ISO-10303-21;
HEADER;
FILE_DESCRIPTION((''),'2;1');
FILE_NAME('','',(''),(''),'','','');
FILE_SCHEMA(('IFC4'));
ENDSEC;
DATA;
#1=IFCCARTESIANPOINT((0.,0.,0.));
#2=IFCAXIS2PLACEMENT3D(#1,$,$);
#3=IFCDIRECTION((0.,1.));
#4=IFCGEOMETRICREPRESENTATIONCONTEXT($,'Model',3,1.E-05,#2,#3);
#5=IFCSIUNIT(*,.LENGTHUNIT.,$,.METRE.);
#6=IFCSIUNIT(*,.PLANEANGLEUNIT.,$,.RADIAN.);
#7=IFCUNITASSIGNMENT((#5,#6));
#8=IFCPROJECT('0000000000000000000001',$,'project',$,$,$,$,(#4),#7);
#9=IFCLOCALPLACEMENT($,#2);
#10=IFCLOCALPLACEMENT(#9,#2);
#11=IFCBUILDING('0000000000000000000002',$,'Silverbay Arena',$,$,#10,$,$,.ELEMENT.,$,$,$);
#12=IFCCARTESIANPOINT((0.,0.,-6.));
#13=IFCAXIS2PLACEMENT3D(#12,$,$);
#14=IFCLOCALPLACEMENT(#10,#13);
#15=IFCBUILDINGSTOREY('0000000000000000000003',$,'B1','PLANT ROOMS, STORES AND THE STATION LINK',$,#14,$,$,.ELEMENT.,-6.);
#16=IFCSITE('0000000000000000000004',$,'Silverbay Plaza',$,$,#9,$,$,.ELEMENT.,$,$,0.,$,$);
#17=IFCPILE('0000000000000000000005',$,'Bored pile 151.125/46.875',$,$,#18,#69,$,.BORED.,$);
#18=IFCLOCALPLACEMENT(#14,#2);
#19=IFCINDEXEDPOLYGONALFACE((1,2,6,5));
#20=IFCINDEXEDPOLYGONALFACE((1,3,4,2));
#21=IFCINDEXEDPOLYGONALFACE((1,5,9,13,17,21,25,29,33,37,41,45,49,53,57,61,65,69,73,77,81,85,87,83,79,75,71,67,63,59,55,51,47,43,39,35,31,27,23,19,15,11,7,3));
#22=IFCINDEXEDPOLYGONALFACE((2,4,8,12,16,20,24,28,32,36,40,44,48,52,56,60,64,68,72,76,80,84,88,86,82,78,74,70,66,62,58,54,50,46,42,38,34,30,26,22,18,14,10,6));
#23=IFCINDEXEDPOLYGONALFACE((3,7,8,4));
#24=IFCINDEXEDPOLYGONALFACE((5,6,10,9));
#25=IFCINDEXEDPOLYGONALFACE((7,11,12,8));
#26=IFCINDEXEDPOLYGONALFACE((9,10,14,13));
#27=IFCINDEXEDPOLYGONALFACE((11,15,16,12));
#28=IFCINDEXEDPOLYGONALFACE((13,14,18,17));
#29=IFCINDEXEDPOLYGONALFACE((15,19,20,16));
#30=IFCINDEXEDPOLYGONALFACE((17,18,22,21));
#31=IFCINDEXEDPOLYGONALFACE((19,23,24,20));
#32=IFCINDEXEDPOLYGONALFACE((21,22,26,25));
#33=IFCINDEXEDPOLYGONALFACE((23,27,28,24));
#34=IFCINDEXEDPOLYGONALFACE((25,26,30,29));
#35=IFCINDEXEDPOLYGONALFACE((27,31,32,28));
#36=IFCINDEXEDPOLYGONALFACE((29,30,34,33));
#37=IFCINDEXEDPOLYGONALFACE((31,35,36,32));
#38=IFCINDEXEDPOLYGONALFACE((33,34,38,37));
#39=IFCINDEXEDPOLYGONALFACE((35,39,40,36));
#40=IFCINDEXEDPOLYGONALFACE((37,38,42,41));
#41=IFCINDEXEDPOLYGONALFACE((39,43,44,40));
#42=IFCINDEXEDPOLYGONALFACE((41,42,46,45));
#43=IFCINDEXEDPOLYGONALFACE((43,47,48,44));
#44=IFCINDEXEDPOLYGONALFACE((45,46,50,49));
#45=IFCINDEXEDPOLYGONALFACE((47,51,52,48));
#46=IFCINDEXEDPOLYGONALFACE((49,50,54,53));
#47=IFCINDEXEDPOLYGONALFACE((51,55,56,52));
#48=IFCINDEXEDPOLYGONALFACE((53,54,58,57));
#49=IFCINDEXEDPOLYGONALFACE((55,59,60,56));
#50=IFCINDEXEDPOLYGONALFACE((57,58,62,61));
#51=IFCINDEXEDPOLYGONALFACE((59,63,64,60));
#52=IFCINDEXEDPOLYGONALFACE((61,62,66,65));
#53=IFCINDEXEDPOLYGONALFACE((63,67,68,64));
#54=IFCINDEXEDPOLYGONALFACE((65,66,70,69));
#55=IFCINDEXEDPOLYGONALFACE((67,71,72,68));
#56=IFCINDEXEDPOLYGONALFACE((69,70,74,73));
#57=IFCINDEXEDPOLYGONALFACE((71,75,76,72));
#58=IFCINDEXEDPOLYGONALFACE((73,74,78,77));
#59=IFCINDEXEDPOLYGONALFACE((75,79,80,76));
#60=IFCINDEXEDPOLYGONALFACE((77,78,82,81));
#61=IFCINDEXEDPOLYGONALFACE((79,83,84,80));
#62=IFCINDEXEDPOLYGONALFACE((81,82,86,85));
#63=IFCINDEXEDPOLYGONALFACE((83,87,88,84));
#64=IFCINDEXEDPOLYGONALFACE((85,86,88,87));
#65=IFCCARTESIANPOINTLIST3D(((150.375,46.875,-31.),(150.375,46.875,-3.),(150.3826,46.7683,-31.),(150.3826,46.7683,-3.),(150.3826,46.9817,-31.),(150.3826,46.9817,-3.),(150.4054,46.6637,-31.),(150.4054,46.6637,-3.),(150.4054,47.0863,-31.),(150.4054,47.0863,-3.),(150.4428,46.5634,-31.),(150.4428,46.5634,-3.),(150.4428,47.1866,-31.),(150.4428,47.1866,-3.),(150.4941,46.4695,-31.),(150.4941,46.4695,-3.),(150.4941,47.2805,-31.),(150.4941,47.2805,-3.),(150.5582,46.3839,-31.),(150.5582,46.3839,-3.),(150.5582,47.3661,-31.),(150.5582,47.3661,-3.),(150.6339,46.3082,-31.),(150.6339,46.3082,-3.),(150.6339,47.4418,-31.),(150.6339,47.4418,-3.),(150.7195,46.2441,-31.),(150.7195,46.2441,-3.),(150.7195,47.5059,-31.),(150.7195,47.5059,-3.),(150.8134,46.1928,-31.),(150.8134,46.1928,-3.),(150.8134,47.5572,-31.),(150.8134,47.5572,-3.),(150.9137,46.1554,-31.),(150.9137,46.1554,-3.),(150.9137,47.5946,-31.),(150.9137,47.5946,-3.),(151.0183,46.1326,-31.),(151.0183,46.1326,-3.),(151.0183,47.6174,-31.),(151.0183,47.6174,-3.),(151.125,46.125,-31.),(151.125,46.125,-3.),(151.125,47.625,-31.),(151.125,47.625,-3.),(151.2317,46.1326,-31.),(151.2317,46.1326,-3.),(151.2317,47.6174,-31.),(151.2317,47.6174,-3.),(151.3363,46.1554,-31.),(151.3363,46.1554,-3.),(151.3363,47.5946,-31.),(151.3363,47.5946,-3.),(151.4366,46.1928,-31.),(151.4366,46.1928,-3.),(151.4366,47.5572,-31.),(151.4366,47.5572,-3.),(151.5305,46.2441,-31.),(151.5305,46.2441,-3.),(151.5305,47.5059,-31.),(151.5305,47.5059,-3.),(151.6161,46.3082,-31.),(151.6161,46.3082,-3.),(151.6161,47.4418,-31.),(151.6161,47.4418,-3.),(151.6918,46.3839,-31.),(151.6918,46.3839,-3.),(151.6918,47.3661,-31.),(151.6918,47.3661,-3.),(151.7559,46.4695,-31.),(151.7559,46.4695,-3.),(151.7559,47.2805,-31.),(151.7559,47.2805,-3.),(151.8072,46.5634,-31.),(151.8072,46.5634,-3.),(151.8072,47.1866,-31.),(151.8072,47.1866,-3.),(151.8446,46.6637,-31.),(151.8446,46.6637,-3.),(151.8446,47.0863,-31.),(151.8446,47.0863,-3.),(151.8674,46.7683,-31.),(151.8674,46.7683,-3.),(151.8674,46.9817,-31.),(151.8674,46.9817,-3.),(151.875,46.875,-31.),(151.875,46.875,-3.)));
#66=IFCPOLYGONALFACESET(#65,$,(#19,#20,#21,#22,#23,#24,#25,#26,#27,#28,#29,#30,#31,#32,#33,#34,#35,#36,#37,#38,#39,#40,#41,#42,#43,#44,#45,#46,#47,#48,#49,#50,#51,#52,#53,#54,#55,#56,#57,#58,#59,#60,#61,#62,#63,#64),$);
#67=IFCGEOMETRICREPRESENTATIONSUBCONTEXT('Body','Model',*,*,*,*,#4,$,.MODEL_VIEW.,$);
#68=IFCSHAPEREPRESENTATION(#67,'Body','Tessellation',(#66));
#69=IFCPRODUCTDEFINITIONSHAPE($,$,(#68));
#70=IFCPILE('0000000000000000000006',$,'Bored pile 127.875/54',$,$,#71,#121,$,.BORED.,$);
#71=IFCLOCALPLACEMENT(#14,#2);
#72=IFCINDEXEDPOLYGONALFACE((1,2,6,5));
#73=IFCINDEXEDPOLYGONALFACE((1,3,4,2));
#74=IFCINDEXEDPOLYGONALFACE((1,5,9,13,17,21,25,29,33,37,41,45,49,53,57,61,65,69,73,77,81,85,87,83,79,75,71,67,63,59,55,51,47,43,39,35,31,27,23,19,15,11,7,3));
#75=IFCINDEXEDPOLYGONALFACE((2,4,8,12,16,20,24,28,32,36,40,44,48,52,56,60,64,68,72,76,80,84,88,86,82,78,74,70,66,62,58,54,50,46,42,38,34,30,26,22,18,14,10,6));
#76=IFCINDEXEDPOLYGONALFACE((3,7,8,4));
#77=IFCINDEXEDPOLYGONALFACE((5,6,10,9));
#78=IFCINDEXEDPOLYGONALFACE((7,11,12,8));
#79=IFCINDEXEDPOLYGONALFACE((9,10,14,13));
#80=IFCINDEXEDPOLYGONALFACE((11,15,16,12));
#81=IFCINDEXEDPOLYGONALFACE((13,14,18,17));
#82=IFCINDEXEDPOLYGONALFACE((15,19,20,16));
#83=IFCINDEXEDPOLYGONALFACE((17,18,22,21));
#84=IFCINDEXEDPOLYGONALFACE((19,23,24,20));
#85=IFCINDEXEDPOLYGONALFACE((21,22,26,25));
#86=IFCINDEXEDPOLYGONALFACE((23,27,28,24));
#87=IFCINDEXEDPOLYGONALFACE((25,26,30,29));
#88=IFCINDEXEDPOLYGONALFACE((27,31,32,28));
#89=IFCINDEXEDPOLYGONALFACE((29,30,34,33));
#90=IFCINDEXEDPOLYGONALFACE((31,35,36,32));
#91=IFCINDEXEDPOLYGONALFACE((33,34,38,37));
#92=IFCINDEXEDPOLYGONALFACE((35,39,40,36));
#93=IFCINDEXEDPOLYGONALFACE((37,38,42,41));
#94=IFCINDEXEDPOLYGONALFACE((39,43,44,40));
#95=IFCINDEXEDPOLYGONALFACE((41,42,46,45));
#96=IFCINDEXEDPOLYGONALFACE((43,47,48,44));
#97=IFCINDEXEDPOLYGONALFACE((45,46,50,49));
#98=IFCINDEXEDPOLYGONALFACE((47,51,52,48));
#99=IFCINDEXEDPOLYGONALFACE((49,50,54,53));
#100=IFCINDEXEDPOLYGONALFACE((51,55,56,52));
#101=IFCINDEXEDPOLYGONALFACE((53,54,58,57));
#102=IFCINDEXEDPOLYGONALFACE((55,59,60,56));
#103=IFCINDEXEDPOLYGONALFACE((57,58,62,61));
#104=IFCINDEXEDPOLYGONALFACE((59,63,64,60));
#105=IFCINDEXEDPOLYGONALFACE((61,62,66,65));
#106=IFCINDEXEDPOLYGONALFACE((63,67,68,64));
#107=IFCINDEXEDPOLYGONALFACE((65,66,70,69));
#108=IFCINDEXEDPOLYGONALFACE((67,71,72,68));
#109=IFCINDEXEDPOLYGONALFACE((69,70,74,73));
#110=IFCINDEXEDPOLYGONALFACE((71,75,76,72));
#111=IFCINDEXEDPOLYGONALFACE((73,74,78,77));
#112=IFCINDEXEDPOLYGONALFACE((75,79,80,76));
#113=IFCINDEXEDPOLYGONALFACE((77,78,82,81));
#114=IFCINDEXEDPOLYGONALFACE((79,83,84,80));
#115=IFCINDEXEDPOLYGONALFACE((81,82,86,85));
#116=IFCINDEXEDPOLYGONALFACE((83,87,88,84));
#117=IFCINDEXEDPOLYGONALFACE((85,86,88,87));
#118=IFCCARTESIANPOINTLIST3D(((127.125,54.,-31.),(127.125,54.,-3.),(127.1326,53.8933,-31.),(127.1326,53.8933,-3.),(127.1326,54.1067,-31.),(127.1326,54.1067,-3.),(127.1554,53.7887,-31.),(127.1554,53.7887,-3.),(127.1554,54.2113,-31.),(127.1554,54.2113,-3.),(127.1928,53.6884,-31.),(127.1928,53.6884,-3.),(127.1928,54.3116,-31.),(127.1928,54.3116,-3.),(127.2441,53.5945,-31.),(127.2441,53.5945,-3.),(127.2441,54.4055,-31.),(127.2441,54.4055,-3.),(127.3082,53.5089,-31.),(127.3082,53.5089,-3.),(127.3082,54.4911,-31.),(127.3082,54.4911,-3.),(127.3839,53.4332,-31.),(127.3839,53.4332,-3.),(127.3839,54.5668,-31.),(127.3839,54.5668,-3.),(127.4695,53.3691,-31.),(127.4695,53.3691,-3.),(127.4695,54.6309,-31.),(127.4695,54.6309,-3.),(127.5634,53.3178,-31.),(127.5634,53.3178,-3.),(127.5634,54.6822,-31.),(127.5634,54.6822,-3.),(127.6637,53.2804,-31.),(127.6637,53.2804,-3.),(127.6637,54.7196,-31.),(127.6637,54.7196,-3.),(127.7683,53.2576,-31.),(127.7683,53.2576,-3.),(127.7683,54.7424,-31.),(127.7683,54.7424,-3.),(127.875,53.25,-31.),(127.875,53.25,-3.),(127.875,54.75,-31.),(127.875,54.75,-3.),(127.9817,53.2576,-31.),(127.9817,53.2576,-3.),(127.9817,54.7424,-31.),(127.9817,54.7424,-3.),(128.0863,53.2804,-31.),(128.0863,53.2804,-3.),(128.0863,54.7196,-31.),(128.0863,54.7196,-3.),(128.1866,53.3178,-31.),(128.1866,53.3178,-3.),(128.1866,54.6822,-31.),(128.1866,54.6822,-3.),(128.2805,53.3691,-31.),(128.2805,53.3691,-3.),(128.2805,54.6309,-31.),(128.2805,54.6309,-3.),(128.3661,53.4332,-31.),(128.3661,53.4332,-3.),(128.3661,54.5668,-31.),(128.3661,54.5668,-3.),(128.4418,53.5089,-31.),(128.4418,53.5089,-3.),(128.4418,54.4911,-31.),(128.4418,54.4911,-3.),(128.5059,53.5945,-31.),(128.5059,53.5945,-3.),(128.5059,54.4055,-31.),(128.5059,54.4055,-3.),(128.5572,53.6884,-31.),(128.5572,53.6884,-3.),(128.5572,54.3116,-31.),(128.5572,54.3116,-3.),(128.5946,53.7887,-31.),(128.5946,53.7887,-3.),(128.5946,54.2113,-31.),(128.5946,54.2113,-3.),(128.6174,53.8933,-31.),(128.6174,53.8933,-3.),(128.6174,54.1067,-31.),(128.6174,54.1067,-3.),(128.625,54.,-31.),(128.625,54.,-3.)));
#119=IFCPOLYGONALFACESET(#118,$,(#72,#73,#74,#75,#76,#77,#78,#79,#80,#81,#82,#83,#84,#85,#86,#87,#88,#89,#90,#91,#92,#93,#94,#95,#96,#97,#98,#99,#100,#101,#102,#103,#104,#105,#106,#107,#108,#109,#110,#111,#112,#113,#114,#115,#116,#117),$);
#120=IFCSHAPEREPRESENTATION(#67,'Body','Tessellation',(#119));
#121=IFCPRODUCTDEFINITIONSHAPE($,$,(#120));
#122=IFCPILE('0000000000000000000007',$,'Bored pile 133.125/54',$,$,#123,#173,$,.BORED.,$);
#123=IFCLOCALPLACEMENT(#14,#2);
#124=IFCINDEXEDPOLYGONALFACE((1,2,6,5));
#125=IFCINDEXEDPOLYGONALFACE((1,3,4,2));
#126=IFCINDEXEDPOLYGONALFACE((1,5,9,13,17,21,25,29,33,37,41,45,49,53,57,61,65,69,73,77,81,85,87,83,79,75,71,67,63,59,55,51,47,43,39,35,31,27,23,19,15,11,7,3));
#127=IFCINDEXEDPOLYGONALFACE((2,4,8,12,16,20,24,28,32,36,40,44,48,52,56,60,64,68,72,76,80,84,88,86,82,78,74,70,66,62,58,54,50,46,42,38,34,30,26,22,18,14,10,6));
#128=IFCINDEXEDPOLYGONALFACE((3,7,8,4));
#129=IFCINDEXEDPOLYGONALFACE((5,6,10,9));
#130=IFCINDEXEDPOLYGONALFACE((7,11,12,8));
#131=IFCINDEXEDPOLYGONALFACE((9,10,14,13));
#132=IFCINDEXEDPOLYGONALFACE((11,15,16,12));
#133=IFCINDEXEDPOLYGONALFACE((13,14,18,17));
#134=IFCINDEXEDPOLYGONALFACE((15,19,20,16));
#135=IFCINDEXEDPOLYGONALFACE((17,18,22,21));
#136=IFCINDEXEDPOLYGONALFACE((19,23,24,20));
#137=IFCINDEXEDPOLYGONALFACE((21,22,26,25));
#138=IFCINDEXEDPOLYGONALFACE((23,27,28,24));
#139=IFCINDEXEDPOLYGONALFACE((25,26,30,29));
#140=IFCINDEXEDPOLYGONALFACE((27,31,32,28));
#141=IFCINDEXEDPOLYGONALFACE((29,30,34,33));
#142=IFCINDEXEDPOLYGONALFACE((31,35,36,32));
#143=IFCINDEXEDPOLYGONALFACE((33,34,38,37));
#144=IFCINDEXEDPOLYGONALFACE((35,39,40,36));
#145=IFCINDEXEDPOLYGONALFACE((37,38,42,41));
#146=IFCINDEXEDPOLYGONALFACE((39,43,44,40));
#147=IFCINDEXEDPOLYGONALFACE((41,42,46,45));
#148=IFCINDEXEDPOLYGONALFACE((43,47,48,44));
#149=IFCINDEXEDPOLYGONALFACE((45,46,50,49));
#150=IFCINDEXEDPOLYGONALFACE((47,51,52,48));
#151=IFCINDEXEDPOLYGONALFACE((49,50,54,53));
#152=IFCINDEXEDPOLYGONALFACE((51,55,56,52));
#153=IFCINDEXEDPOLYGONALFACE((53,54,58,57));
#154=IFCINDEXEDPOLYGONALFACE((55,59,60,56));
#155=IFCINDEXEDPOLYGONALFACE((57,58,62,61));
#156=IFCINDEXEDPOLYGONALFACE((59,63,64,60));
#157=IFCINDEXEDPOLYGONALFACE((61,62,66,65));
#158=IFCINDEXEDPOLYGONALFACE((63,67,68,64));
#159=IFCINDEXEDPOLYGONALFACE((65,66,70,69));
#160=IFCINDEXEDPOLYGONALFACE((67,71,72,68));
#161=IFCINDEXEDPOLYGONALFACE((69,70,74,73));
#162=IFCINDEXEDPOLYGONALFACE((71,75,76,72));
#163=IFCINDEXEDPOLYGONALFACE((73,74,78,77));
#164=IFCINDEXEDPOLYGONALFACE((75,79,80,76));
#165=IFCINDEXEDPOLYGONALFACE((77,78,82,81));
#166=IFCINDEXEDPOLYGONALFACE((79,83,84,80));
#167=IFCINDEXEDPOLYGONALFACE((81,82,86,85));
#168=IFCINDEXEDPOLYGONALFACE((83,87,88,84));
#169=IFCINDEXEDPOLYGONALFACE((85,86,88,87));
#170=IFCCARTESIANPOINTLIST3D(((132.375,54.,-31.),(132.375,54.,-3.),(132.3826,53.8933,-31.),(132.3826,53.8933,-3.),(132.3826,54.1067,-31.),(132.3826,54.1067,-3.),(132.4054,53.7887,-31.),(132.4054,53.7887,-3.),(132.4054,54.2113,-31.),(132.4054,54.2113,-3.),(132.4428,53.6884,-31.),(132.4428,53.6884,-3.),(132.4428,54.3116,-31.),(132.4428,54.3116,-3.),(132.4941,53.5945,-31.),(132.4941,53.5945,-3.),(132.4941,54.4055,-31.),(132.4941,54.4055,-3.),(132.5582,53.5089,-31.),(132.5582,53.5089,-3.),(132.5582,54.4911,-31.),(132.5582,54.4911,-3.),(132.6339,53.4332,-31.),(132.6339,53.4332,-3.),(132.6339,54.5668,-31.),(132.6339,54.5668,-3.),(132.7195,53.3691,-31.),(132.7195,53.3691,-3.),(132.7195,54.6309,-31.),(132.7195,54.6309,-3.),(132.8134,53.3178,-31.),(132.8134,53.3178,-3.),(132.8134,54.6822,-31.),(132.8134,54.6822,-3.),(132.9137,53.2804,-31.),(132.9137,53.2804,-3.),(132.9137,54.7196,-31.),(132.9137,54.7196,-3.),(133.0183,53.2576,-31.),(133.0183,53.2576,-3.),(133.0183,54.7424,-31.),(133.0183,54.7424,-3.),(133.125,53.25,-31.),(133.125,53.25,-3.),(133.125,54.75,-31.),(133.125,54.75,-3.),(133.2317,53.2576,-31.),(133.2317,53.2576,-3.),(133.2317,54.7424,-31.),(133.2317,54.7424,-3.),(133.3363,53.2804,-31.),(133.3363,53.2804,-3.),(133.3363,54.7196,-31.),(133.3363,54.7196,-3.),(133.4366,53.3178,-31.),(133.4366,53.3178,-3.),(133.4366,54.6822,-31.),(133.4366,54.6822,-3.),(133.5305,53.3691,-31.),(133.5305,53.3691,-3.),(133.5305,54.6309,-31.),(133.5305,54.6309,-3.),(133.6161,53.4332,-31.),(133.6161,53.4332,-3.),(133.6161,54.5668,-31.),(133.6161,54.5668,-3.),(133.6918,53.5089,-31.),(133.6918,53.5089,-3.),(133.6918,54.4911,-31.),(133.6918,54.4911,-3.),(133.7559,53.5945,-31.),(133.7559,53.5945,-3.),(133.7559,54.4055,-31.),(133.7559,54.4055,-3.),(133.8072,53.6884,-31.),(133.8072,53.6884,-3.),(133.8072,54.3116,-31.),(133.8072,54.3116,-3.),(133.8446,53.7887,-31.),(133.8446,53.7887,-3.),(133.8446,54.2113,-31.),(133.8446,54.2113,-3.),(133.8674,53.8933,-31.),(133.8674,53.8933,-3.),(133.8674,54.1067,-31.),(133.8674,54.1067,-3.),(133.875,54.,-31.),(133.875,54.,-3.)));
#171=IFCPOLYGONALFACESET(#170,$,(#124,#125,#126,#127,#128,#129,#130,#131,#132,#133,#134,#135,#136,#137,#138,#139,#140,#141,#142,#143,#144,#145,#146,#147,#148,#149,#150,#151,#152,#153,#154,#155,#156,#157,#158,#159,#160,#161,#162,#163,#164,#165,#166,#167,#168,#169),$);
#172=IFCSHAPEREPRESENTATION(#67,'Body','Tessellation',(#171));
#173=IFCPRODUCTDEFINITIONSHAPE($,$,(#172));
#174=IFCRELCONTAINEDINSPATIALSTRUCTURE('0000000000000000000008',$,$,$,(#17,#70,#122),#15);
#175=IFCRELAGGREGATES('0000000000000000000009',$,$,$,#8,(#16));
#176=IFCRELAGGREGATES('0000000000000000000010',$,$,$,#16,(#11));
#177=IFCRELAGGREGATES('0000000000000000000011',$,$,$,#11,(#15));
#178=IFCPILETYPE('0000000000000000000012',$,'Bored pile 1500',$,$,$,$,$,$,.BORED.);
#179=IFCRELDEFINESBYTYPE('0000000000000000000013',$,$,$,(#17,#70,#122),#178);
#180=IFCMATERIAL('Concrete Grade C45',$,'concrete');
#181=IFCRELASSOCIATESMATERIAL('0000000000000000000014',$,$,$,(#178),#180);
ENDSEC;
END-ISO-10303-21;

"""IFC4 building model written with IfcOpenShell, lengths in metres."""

from ifc_helpers import new_model, si_unit, direction, frame, origin, origin_2d, place, context, subcontext, project, spatial, circle, extrude, material, material_profile, profile_set, type_object, element, save


model = new_model("IFC4")

# Units and contexts
model_context = context("Model", 3, precision=1e-05, world=origin(), true_north=direction((0.0, 1.0)))
body_context = subcontext(model_context, "Body", "Model", "MODEL_VIEW")
ifc_project = project(units=[si_unit("LENGTHUNIT", "METRE"), si_unit("PLANEANGLEUNIT", "RADIAN")], contexts=[model_context])

# Site, building, storey
site_placement = place(None, origin())
site = spatial("IfcSite", under=ifc_project, at=site_placement, Name="Silverbay Plaza", CompositionType="ELEMENT", RefElevation=0.0)
building_placement = place(site_placement, origin())
building = spatial("IfcBuilding", under=site, at=building_placement, Name="Silverbay Arena", CompositionType="ELEMENT")
storey_placement = place(building_placement, frame((0.0, 0.0, -6.0)))
storey = spatial("IfcBuildingStorey", under=building, at=storey_placement, Name="B1", Description="PLANT ROOMS, STORES AND THE STATION LINK", CompositionType="ELEMENT", Elevation=-6.0)

# Piles
ifc_material_1 = material(Name="Concrete Grade C45", Category="concrete")
ifc_material_profile_1 = material_profile(ifc_material_1, circle(Radius=0.75, at=origin_2d()), Name="Bored pile 1500")
ifc_profile_set_1 = profile_set([ifc_material_profile_1], Name="Concrete Grade C45")
pile_type = type_object("IfcPileType", Name="Bored pile 1500", PredefinedType="BORED", material=ifc_profile_set_1)
for number, where, z_axis, x_axis, name in (
    (1, (151.125, 46.875, -3.0), (0.0, 0.0, -1.0), (1.0, 0.0, 0.0), "Bored pile 151.125/46.875"),
    (2, (127.875, 54.0, -3.0), (0.0, 0.0, -1.0), (1.0, 0.0, 0.0), "Bored pile 127.875/54"),
    (3, (133.125, 54.0, -3.0), (0.0, 0.0, -1.0), (1.0, 0.0, 0.0), "Bored pile 133.125/54"),
):
    element("IfcPile", number, at=place(storey_placement, frame(where, z_axis=z_axis, x_axis=x_axis)), inside=storey, type_object=pile_type, Name=name, PredefinedType="BORED", context=body_context, shape_type="SweptSolid", body=[
        extrude(circle(Radius=0.75, at=origin_2d()), origin(), (0.0, 0.0, 1.0), 28.0),
    ])

save(model, "model.ifc")
